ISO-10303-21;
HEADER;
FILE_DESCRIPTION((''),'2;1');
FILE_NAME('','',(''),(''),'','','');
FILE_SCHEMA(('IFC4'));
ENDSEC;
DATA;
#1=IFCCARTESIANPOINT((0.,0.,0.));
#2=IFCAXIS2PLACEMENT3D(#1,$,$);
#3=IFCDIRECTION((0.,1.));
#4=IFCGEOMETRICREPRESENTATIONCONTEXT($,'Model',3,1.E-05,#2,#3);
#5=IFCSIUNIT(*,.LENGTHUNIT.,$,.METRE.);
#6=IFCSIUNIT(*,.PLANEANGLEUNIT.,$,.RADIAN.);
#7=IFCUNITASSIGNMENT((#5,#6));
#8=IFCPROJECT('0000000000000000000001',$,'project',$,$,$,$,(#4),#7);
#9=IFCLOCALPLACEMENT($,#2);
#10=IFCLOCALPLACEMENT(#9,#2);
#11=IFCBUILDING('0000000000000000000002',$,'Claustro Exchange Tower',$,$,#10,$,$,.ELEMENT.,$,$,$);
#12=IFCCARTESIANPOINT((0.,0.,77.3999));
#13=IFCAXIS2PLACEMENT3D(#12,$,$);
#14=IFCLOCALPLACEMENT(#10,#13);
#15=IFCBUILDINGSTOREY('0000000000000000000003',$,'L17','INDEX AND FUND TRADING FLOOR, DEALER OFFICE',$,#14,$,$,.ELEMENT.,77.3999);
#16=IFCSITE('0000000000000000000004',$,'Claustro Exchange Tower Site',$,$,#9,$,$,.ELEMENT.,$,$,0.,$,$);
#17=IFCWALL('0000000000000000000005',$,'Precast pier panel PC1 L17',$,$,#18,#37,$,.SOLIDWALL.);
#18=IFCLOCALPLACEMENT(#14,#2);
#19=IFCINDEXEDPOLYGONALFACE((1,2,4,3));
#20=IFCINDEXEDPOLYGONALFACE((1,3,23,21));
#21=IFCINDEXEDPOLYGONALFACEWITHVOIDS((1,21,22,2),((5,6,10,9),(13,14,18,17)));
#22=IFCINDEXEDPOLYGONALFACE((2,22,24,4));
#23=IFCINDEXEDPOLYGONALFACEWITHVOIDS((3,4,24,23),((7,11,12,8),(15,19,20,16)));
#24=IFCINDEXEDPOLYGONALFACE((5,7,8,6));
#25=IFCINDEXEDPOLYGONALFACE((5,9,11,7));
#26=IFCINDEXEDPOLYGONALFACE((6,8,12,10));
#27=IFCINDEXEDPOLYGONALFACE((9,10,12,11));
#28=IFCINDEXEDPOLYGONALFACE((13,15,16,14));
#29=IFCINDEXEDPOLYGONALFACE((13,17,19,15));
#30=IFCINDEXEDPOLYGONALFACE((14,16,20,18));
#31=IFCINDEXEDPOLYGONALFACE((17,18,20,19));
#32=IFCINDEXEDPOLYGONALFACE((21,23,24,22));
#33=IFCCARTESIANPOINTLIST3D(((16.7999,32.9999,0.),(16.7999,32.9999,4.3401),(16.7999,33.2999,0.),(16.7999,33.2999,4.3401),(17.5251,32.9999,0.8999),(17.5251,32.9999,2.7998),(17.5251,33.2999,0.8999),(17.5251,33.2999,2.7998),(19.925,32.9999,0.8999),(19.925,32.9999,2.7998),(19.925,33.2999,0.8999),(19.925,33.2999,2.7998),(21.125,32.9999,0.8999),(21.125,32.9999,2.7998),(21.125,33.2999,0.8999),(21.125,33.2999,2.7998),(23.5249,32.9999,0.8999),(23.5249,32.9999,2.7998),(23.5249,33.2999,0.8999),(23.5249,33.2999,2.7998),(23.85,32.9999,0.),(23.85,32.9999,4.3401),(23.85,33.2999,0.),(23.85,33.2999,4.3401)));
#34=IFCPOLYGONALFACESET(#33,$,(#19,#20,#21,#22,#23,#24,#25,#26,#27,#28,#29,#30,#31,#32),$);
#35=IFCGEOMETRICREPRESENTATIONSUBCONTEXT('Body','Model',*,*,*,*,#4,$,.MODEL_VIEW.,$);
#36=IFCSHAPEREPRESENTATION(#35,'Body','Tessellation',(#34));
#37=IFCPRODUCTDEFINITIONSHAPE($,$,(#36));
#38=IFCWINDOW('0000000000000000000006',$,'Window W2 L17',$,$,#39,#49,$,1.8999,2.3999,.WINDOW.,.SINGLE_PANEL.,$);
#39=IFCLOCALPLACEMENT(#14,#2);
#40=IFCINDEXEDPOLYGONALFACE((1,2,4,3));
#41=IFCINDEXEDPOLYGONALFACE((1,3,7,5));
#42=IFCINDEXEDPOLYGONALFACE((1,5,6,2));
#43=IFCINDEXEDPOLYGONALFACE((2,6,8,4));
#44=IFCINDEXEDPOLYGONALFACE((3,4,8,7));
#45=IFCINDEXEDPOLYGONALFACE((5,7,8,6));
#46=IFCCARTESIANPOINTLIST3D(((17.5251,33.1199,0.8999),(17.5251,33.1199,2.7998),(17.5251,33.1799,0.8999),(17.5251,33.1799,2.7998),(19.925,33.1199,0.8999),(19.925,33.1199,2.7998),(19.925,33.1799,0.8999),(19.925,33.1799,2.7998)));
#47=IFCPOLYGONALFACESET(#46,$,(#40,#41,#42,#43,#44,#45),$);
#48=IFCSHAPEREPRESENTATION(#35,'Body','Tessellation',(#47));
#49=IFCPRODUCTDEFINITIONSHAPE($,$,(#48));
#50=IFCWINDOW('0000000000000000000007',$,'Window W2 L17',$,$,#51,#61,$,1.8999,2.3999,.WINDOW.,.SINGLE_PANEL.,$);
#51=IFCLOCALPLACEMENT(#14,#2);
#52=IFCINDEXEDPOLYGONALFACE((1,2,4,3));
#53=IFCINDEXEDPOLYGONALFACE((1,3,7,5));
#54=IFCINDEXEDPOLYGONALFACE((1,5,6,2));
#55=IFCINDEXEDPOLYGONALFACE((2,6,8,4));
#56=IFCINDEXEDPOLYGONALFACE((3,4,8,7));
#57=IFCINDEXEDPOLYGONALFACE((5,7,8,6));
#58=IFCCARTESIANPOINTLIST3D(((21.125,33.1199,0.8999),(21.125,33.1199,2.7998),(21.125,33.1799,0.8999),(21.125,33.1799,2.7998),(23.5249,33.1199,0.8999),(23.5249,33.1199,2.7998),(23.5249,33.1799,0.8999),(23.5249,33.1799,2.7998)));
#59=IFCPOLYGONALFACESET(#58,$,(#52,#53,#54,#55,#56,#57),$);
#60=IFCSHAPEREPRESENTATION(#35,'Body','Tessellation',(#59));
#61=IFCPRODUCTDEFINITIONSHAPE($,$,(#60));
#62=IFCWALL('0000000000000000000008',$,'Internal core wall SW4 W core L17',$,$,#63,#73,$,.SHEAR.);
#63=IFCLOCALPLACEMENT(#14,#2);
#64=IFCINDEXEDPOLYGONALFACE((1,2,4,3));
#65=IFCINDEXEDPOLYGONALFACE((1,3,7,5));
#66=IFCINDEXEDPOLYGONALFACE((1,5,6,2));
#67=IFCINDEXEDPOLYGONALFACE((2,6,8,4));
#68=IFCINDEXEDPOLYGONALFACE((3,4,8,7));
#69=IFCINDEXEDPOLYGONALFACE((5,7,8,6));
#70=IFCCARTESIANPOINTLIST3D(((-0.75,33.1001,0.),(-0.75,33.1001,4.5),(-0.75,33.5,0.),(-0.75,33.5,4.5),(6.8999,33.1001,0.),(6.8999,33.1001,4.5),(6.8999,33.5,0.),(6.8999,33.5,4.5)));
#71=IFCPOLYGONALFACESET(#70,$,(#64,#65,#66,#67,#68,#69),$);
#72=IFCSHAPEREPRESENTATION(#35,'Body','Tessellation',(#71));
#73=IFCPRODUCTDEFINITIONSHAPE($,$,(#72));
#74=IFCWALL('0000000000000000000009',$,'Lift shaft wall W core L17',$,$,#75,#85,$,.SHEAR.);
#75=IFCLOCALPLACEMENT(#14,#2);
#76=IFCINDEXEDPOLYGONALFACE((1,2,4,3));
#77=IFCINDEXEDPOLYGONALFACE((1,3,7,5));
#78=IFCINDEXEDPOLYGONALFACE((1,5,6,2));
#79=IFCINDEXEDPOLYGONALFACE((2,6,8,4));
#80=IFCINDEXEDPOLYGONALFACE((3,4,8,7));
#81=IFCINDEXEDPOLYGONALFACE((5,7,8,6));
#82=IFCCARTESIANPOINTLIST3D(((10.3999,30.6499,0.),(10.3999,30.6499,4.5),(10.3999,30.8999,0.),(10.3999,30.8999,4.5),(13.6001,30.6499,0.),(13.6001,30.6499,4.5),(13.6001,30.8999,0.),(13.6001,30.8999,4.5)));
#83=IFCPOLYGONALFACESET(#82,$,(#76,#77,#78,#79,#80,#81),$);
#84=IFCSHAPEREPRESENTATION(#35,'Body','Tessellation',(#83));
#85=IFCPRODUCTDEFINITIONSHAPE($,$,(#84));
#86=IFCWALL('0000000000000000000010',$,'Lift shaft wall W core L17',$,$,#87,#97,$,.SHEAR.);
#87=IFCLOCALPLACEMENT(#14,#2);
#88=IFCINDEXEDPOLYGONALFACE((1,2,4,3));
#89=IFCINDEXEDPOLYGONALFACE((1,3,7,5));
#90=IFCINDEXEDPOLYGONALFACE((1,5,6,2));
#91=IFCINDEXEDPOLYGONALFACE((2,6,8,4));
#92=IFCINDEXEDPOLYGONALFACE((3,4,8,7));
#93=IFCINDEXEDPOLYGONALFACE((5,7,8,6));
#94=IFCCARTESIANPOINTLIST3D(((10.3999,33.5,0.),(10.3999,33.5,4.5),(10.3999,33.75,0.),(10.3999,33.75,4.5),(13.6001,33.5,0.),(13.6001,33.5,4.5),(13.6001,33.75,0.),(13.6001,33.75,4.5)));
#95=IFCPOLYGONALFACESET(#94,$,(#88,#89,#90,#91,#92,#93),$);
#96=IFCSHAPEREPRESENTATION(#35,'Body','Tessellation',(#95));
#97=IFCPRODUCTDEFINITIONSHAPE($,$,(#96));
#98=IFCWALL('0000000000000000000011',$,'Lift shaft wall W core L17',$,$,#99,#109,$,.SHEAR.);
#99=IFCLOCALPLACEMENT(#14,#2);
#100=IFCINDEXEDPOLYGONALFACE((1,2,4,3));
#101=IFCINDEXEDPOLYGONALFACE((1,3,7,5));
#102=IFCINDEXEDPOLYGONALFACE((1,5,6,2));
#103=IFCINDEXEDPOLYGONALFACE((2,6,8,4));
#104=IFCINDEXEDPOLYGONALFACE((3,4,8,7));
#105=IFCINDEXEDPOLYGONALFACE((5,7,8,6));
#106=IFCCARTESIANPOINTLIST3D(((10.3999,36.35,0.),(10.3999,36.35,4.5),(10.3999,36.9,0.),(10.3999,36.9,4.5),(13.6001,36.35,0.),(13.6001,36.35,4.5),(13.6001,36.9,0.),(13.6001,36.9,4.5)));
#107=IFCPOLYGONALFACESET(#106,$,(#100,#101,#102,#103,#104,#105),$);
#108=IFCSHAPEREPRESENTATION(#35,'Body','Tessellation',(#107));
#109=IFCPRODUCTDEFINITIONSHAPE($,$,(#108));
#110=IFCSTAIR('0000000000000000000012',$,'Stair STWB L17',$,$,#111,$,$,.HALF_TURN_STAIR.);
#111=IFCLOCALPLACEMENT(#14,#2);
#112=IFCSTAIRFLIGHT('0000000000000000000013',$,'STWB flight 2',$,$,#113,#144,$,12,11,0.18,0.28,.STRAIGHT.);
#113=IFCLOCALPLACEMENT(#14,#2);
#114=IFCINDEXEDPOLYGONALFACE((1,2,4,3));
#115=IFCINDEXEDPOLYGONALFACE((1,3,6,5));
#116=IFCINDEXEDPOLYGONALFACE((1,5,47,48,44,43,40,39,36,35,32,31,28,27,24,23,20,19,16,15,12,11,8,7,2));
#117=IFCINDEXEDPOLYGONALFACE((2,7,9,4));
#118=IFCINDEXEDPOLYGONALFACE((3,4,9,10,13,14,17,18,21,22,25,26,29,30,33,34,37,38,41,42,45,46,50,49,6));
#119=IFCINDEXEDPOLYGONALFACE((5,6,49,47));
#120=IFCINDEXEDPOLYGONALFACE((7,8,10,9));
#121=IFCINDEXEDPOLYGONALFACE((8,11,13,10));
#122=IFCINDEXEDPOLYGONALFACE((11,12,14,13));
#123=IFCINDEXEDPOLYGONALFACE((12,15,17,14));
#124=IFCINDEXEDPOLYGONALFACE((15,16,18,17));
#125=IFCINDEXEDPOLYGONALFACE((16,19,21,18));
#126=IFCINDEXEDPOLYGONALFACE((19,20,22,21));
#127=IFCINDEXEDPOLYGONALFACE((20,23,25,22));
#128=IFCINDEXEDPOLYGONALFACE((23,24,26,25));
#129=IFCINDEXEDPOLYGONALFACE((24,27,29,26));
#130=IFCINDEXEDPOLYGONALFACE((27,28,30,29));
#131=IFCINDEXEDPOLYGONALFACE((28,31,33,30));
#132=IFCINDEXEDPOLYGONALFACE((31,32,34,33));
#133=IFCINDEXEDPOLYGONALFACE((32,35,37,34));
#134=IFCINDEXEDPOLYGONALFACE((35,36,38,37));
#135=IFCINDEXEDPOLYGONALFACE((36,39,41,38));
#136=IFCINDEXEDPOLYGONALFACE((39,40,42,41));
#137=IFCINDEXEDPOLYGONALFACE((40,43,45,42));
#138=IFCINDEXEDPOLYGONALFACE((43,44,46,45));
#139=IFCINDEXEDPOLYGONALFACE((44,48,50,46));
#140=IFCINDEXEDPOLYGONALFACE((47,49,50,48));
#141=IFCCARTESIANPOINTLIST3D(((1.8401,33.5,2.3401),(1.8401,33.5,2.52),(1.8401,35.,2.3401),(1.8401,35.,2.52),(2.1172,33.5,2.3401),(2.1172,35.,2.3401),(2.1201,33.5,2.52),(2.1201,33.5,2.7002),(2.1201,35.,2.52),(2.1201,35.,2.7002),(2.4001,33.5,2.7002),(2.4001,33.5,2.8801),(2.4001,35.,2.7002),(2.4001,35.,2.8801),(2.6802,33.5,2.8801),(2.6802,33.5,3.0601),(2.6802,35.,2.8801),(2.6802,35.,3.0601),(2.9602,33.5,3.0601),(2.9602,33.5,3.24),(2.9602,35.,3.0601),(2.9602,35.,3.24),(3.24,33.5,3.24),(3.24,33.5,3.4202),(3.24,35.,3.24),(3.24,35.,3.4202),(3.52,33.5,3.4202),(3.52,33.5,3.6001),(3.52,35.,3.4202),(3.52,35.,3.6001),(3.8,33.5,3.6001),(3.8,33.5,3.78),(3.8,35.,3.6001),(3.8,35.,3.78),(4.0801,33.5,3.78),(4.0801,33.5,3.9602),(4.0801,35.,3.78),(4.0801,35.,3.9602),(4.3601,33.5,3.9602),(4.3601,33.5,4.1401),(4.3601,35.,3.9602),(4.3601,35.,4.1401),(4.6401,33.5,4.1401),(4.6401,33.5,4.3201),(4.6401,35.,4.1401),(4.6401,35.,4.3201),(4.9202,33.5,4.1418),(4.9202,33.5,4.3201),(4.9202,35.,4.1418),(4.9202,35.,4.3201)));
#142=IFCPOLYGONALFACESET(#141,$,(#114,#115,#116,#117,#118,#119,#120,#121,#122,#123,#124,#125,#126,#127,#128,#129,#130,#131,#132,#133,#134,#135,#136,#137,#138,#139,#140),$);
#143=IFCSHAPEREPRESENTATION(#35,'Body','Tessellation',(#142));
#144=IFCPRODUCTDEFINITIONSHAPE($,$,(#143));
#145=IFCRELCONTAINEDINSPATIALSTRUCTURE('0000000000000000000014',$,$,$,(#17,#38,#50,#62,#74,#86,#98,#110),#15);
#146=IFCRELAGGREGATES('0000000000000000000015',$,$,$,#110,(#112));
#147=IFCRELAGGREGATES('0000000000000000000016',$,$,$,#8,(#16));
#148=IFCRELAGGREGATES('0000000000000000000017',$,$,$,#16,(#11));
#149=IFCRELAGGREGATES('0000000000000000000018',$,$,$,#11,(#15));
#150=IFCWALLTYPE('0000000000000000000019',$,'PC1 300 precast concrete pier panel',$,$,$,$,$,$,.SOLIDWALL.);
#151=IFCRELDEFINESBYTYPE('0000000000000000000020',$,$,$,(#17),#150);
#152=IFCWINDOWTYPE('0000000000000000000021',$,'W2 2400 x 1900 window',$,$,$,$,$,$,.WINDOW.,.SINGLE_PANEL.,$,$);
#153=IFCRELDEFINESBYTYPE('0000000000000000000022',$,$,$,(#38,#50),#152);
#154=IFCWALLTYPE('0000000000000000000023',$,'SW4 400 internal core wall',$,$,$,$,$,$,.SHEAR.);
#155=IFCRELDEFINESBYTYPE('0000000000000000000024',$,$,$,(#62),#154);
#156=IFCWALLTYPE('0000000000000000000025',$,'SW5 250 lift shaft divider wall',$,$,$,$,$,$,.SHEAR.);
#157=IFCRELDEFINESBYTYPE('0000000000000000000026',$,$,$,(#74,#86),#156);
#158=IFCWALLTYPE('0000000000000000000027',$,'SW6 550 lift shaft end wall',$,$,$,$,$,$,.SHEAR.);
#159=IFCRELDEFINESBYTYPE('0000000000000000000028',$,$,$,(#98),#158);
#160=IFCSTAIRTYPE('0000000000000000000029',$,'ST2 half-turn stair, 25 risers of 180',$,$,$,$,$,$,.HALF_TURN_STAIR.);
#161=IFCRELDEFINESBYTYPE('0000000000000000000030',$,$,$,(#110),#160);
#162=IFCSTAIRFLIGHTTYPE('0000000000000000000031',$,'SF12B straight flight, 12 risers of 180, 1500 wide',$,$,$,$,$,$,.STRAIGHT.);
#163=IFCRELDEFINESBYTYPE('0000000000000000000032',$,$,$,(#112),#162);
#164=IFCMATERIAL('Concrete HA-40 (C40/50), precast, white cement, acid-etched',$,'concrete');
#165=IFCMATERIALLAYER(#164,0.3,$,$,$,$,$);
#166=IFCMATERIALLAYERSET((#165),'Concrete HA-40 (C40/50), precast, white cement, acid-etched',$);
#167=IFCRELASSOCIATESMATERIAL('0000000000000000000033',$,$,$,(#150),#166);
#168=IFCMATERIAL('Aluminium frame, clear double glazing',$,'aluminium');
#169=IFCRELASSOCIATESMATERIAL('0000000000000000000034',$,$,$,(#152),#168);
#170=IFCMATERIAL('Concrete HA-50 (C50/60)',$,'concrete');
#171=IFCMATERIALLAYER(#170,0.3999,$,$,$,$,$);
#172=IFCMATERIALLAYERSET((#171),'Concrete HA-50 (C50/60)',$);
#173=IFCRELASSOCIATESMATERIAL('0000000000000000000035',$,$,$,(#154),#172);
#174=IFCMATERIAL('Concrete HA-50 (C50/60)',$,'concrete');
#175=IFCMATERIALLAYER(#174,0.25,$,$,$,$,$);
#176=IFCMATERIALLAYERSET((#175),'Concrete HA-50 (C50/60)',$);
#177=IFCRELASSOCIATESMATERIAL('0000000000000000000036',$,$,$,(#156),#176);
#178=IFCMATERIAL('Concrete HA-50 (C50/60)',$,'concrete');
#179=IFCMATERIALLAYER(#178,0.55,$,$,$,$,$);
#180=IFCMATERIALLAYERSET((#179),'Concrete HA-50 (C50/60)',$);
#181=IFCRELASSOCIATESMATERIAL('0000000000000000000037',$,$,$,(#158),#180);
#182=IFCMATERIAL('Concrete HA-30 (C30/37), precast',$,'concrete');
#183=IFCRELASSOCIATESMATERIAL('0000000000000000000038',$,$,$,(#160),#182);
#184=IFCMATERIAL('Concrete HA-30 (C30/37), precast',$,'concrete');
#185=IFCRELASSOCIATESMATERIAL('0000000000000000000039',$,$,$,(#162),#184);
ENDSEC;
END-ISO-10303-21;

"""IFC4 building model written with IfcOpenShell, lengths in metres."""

from ifc_helpers import new_model, si_unit, direction, frame, frame_2d, origin, place, context, subcontext, project, spatial, polyline, rectangle, outline, extrude, material, layer, layer_set, type_object, element, fill, aggregate, save


model = new_model("IFC4")

# Units and contexts
model_context = context("Model", 3, precision=1e-05, world=origin(), true_north=direction((0.0, 1.0)))
body_context = subcontext(model_context, "Body", "Model", "MODEL_VIEW")
ifc_project = project(units=[si_unit("LENGTHUNIT", "METRE"), si_unit("PLANEANGLEUNIT", "RADIAN")], contexts=[model_context])

# Site, building, storey
site_placement = place(None, origin())
site = spatial("IfcSite", under=ifc_project, at=site_placement, Name="Claustro Exchange Tower Site", CompositionType="ELEMENT", RefElevation=0.0)
building_placement = place(site_placement, origin())
building = spatial("IfcBuilding", under=site, at=building_placement, Name="Claustro Exchange Tower", CompositionType="ELEMENT")
storey_placement = place(building_placement, frame((0.0, 0.0, 77.3999)))
storey = spatial("IfcBuildingStorey", under=building, at=storey_placement, Name="L17", Description="INDEX AND FUND TRADING FLOOR, DEALER OFFICE", CompositionType="ELEMENT", Elevation=77.3999)

# Shared definitions
ifc_material_1 = material(Name="Concrete HA-40 (C40/50), precast, white cement, acid-etched", Category="concrete")
ifc_layer_1 = layer(ifc_material_1, 0.3)
ifc_layer_set_1 = layer_set([ifc_layer_1], Name="Concrete HA-40 (C40/50), precast, white cement, acid-etched")
wall_type_1 = type_object("IfcWallType", Name="PC1 300 precast concrete pier panel", PredefinedType="SOLIDWALL", material=ifc_layer_set_1)
ifc_material_2 = material(Name="Aluminium frame, clear double glazing", Category="aluminium")
window_type = type_object("IfcWindowType", Name="W2 2400 x 1900 window", PartitioningType="SINGLE_PANEL", PredefinedType="WINDOW", material=ifc_material_2)

# Wall, openings, windows
wall_1_placement = place(storey_placement, frame((16.8, 33.1499, 0.0), z_axis=(0.0, 0.0, 1.0), x_axis=(1.0, 0.0, 0.0)))
wall_1 = element("IfcWall", 1, at=wall_1_placement, inside=storey, type_object=wall_type_1, Name="Precast pier panel PC1 L17", PredefinedType="SOLIDWALL", context=body_context, shape_type="SweptSolid", body=[
    extrude(rectangle(XDim=7.05, YDim=0.3, at=frame_2d((3.5249, 0.0))), origin(), (0.0, 0.0, 1.0), 4.3401),
])
opening_1_placement = place(wall_1_placement, frame((0.7251, 0.0, 0.8999)))
opening_1 = element("IfcOpeningElement", 2, at=opening_1_placement, cuts=wall_1, PredefinedType="OPENING", context=body_context, shape_type="SweptSolid", body=[
    extrude(rectangle(XDim=2.3999, YDim=1.8999, at=frame_2d((1.2, 0.95))), frame((0.0, 0.1599, 0.0), z_axis=(0.0, -1.0, 0.0), x_axis=(1.0, 0.0, 0.0)), (0.0, 0.0, 1.0), 0.3201),
])
opening_2_placement = place(wall_1_placement, frame((4.325, 0.0, 0.8999)))
opening_2 = element("IfcOpeningElement", 3, at=opening_2_placement, cuts=wall_1, PredefinedType="OPENING", context=body_context, shape_type="SweptSolid", body=[
    extrude(rectangle(XDim=2.3999, YDim=1.8999, at=frame_2d((1.2, 0.95))), frame((0.0, 0.1599, 0.0), z_axis=(0.0, -1.0, 0.0), x_axis=(1.0, 0.0, 0.0)), (0.0, 0.0, 1.0), 0.3201),
])
window_1_placement = place(opening_1_placement, origin())
window_1 = element("IfcWindow", 4, at=window_1_placement, inside=storey, type_object=window_type, Name="Window W2 L17", OverallHeight=1.8999, OverallWidth=2.3999, PartitioningType="SINGLE_PANEL", PredefinedType="WINDOW", context=body_context, shape_type="SweptSolid", body=[
    extrude(rectangle(XDim=2.3999, YDim=1.8999, at=frame_2d((1.2, 0.95))), frame((0.0, 0.03, 0.0), z_axis=(0.0, -1.0, 0.0), x_axis=(1.0, 0.0, 0.0)), (0.0, 0.0, 1.0), 0.0601),
])
fill(opening_1, window_1)
window_2_placement = place(opening_2_placement, origin())
window_2 = element("IfcWindow", 5, at=window_2_placement, inside=storey, type_object=window_type, Name="Window W2 L17", OverallHeight=1.8999, OverallWidth=2.3999, PartitioningType="SINGLE_PANEL", PredefinedType="WINDOW", context=body_context, shape_type="SweptSolid", body=[
    extrude(rectangle(XDim=2.3999, YDim=1.8999, at=frame_2d((1.2, 0.95))), frame((0.0, 0.03, 0.0), z_axis=(0.0, -1.0, 0.0), x_axis=(1.0, 0.0, 0.0)), (0.0, 0.0, 1.0), 0.0601),
])
fill(opening_2, window_2)

# Walls
ifc_material_3 = material(Name="Concrete HA-50 (C50/60)", Category="concrete")
ifc_layer_2 = layer(ifc_material_3, 0.3999)
ifc_layer_set_2 = layer_set([ifc_layer_2], Name="Concrete HA-50 (C50/60)")
wall_type_2 = type_object("IfcWallType", Name="SW4 400 internal core wall", PredefinedType="SHEAR", material=ifc_layer_set_2)
wall_2_placement = place(storey_placement, frame((-0.75, 33.3, 0.0), z_axis=(0.0, 0.0, 1.0), x_axis=(1.0, 0.0, 0.0)))
element("IfcWall", 6, at=wall_2_placement, inside=storey, type_object=wall_type_2, Name="Internal core wall SW4 W core L17", PredefinedType="SHEAR", context=body_context, shape_type="SweptSolid", body=[
    extrude(rectangle(XDim=7.6499, YDim=0.3999, at=frame_2d((3.825, 0.0))), origin(), (0.0, 0.0, 1.0), 4.5),
])
ifc_material_4 = material(Name="Concrete HA-50 (C50/60)", Category="concrete")
ifc_layer_3 = layer(ifc_material_4, 0.25)
ifc_layer_set_3 = layer_set([ifc_layer_3], Name="Concrete HA-50 (C50/60)")
wall_type_3 = type_object("IfcWallType", Name="SW5 250 lift shaft divider wall", PredefinedType="SHEAR", material=ifc_layer_set_3)
for number, where, z_axis, x_axis, name in (
    (7, (10.3999, 30.7749, 0.0), (0.0, 0.0, 1.0), (1.0, 0.0, 0.0), "Lift shaft wall W core L17"),
    (8, (10.3999, 33.625, 0.0), (0.0, 0.0, 1.0), (1.0, 0.0, 0.0), "Lift shaft wall W core L17"),
):
    element("IfcWall", number, at=place(storey_placement, frame(where, z_axis=z_axis, x_axis=x_axis)), inside=storey, type_object=wall_type_3, Name=name, PredefinedType="SHEAR", context=body_context, shape_type="SweptSolid", body=[
        extrude(rectangle(XDim=3.2002, YDim=0.25, at=frame_2d((1.6001, 0.0))), origin(), (0.0, 0.0, 1.0), 4.5),
    ])
ifc_material_5 = material(Name="Concrete HA-50 (C50/60)", Category="concrete")
ifc_layer_4 = layer(ifc_material_5, 0.55)
ifc_layer_set_4 = layer_set([ifc_layer_4], Name="Concrete HA-50 (C50/60)")
wall_type_4 = type_object("IfcWallType", Name="SW6 550 lift shaft end wall", PredefinedType="SHEAR", material=ifc_layer_set_4)
wall_3_placement = place(storey_placement, frame((10.3999, 36.625, 0.0), z_axis=(0.0, 0.0, 1.0), x_axis=(1.0, 0.0, 0.0)))
element("IfcWall", 9, at=wall_3_placement, inside=storey, type_object=wall_type_4, Name="Lift shaft wall W core L17", PredefinedType="SHEAR", context=body_context, shape_type="SweptSolid", body=[
    extrude(rectangle(XDim=3.2002, YDim=0.55, at=frame_2d((1.6001, 0.0))), origin(), (0.0, 0.0, 1.0), 4.5),
])

# Stair, stair flight
ifc_material_6 = material(Name="Concrete HA-30 (C30/37), precast", Category="concrete")
stair_type = type_object("IfcStairType", Name="ST2 half-turn stair, 25 risers of 180", PredefinedType="HALF_TURN_STAIR", material=ifc_material_6)
stair_placement = place(storey_placement, origin())
stair = element("IfcStair", 10, at=stair_placement, inside=storey, type_object=stair_type, Name="Stair STWB L17", PredefinedType="HALF_TURN_STAIR")
ifc_material_7 = material(Name="Concrete HA-30 (C30/37), precast", Category="concrete")
stair_flight_type_1 = type_object("IfcStairFlightType", Name="SF12B straight flight, 12 risers of 180, 1500 wide", PredefinedType="STRAIGHT", material=ifc_material_7)
stair_flight_1_placement = place(storey_placement, frame((1.8401, 34.25, 2.3401), z_axis=(0.0, 0.0, 1.0), x_axis=(1.0, 0.0, 0.0)))
stair_flight_1 = element("IfcStairFlight", 11, at=stair_flight_1_placement, type_object=stair_flight_type_1, Name="STWB flight 2", NumberOfRisers=12, NumberOfTreads=11, PredefinedType="STRAIGHT", RiserHeight=0.18, TreadLength=0.28, context=body_context, shape_type="SweptSolid", body=[
    extrude(outline(polyline([(0.0, 0.0), (0.0, 0.1799), (0.28, 0.1799), (0.28, 0.3601), (0.5601, 0.3601), (0.5601, 0.54), (0.8401, 0.54), (0.8401, 0.72), (1.1201, 0.72), (1.1201, 0.8999), (1.3999, 0.8999), (1.3999, 1.0801), (1.6799, 1.0801), (1.6799, 1.26), (1.96, 1.26), (1.96, 1.4399), (2.24, 1.4399), (2.24, 1.6201), (2.52, 1.6201), (2.52, 1.8), (2.8, 1.8), (2.8, 1.98), (3.0801, 1.98), (3.0801, 2.1599), (3.0801, 1.8018), (0.2771, 0.0), (0.0, 0.0)])), frame((0.0, 0.75, 0.0), z_axis=(0.0, -1.0, 0.0), x_axis=(1.0, 0.0, 0.0)), (0.0, 0.0, 1.0), 1.5),
])
aggregate(stair, [stair_flight_1])

save(model, "model.ifc")
